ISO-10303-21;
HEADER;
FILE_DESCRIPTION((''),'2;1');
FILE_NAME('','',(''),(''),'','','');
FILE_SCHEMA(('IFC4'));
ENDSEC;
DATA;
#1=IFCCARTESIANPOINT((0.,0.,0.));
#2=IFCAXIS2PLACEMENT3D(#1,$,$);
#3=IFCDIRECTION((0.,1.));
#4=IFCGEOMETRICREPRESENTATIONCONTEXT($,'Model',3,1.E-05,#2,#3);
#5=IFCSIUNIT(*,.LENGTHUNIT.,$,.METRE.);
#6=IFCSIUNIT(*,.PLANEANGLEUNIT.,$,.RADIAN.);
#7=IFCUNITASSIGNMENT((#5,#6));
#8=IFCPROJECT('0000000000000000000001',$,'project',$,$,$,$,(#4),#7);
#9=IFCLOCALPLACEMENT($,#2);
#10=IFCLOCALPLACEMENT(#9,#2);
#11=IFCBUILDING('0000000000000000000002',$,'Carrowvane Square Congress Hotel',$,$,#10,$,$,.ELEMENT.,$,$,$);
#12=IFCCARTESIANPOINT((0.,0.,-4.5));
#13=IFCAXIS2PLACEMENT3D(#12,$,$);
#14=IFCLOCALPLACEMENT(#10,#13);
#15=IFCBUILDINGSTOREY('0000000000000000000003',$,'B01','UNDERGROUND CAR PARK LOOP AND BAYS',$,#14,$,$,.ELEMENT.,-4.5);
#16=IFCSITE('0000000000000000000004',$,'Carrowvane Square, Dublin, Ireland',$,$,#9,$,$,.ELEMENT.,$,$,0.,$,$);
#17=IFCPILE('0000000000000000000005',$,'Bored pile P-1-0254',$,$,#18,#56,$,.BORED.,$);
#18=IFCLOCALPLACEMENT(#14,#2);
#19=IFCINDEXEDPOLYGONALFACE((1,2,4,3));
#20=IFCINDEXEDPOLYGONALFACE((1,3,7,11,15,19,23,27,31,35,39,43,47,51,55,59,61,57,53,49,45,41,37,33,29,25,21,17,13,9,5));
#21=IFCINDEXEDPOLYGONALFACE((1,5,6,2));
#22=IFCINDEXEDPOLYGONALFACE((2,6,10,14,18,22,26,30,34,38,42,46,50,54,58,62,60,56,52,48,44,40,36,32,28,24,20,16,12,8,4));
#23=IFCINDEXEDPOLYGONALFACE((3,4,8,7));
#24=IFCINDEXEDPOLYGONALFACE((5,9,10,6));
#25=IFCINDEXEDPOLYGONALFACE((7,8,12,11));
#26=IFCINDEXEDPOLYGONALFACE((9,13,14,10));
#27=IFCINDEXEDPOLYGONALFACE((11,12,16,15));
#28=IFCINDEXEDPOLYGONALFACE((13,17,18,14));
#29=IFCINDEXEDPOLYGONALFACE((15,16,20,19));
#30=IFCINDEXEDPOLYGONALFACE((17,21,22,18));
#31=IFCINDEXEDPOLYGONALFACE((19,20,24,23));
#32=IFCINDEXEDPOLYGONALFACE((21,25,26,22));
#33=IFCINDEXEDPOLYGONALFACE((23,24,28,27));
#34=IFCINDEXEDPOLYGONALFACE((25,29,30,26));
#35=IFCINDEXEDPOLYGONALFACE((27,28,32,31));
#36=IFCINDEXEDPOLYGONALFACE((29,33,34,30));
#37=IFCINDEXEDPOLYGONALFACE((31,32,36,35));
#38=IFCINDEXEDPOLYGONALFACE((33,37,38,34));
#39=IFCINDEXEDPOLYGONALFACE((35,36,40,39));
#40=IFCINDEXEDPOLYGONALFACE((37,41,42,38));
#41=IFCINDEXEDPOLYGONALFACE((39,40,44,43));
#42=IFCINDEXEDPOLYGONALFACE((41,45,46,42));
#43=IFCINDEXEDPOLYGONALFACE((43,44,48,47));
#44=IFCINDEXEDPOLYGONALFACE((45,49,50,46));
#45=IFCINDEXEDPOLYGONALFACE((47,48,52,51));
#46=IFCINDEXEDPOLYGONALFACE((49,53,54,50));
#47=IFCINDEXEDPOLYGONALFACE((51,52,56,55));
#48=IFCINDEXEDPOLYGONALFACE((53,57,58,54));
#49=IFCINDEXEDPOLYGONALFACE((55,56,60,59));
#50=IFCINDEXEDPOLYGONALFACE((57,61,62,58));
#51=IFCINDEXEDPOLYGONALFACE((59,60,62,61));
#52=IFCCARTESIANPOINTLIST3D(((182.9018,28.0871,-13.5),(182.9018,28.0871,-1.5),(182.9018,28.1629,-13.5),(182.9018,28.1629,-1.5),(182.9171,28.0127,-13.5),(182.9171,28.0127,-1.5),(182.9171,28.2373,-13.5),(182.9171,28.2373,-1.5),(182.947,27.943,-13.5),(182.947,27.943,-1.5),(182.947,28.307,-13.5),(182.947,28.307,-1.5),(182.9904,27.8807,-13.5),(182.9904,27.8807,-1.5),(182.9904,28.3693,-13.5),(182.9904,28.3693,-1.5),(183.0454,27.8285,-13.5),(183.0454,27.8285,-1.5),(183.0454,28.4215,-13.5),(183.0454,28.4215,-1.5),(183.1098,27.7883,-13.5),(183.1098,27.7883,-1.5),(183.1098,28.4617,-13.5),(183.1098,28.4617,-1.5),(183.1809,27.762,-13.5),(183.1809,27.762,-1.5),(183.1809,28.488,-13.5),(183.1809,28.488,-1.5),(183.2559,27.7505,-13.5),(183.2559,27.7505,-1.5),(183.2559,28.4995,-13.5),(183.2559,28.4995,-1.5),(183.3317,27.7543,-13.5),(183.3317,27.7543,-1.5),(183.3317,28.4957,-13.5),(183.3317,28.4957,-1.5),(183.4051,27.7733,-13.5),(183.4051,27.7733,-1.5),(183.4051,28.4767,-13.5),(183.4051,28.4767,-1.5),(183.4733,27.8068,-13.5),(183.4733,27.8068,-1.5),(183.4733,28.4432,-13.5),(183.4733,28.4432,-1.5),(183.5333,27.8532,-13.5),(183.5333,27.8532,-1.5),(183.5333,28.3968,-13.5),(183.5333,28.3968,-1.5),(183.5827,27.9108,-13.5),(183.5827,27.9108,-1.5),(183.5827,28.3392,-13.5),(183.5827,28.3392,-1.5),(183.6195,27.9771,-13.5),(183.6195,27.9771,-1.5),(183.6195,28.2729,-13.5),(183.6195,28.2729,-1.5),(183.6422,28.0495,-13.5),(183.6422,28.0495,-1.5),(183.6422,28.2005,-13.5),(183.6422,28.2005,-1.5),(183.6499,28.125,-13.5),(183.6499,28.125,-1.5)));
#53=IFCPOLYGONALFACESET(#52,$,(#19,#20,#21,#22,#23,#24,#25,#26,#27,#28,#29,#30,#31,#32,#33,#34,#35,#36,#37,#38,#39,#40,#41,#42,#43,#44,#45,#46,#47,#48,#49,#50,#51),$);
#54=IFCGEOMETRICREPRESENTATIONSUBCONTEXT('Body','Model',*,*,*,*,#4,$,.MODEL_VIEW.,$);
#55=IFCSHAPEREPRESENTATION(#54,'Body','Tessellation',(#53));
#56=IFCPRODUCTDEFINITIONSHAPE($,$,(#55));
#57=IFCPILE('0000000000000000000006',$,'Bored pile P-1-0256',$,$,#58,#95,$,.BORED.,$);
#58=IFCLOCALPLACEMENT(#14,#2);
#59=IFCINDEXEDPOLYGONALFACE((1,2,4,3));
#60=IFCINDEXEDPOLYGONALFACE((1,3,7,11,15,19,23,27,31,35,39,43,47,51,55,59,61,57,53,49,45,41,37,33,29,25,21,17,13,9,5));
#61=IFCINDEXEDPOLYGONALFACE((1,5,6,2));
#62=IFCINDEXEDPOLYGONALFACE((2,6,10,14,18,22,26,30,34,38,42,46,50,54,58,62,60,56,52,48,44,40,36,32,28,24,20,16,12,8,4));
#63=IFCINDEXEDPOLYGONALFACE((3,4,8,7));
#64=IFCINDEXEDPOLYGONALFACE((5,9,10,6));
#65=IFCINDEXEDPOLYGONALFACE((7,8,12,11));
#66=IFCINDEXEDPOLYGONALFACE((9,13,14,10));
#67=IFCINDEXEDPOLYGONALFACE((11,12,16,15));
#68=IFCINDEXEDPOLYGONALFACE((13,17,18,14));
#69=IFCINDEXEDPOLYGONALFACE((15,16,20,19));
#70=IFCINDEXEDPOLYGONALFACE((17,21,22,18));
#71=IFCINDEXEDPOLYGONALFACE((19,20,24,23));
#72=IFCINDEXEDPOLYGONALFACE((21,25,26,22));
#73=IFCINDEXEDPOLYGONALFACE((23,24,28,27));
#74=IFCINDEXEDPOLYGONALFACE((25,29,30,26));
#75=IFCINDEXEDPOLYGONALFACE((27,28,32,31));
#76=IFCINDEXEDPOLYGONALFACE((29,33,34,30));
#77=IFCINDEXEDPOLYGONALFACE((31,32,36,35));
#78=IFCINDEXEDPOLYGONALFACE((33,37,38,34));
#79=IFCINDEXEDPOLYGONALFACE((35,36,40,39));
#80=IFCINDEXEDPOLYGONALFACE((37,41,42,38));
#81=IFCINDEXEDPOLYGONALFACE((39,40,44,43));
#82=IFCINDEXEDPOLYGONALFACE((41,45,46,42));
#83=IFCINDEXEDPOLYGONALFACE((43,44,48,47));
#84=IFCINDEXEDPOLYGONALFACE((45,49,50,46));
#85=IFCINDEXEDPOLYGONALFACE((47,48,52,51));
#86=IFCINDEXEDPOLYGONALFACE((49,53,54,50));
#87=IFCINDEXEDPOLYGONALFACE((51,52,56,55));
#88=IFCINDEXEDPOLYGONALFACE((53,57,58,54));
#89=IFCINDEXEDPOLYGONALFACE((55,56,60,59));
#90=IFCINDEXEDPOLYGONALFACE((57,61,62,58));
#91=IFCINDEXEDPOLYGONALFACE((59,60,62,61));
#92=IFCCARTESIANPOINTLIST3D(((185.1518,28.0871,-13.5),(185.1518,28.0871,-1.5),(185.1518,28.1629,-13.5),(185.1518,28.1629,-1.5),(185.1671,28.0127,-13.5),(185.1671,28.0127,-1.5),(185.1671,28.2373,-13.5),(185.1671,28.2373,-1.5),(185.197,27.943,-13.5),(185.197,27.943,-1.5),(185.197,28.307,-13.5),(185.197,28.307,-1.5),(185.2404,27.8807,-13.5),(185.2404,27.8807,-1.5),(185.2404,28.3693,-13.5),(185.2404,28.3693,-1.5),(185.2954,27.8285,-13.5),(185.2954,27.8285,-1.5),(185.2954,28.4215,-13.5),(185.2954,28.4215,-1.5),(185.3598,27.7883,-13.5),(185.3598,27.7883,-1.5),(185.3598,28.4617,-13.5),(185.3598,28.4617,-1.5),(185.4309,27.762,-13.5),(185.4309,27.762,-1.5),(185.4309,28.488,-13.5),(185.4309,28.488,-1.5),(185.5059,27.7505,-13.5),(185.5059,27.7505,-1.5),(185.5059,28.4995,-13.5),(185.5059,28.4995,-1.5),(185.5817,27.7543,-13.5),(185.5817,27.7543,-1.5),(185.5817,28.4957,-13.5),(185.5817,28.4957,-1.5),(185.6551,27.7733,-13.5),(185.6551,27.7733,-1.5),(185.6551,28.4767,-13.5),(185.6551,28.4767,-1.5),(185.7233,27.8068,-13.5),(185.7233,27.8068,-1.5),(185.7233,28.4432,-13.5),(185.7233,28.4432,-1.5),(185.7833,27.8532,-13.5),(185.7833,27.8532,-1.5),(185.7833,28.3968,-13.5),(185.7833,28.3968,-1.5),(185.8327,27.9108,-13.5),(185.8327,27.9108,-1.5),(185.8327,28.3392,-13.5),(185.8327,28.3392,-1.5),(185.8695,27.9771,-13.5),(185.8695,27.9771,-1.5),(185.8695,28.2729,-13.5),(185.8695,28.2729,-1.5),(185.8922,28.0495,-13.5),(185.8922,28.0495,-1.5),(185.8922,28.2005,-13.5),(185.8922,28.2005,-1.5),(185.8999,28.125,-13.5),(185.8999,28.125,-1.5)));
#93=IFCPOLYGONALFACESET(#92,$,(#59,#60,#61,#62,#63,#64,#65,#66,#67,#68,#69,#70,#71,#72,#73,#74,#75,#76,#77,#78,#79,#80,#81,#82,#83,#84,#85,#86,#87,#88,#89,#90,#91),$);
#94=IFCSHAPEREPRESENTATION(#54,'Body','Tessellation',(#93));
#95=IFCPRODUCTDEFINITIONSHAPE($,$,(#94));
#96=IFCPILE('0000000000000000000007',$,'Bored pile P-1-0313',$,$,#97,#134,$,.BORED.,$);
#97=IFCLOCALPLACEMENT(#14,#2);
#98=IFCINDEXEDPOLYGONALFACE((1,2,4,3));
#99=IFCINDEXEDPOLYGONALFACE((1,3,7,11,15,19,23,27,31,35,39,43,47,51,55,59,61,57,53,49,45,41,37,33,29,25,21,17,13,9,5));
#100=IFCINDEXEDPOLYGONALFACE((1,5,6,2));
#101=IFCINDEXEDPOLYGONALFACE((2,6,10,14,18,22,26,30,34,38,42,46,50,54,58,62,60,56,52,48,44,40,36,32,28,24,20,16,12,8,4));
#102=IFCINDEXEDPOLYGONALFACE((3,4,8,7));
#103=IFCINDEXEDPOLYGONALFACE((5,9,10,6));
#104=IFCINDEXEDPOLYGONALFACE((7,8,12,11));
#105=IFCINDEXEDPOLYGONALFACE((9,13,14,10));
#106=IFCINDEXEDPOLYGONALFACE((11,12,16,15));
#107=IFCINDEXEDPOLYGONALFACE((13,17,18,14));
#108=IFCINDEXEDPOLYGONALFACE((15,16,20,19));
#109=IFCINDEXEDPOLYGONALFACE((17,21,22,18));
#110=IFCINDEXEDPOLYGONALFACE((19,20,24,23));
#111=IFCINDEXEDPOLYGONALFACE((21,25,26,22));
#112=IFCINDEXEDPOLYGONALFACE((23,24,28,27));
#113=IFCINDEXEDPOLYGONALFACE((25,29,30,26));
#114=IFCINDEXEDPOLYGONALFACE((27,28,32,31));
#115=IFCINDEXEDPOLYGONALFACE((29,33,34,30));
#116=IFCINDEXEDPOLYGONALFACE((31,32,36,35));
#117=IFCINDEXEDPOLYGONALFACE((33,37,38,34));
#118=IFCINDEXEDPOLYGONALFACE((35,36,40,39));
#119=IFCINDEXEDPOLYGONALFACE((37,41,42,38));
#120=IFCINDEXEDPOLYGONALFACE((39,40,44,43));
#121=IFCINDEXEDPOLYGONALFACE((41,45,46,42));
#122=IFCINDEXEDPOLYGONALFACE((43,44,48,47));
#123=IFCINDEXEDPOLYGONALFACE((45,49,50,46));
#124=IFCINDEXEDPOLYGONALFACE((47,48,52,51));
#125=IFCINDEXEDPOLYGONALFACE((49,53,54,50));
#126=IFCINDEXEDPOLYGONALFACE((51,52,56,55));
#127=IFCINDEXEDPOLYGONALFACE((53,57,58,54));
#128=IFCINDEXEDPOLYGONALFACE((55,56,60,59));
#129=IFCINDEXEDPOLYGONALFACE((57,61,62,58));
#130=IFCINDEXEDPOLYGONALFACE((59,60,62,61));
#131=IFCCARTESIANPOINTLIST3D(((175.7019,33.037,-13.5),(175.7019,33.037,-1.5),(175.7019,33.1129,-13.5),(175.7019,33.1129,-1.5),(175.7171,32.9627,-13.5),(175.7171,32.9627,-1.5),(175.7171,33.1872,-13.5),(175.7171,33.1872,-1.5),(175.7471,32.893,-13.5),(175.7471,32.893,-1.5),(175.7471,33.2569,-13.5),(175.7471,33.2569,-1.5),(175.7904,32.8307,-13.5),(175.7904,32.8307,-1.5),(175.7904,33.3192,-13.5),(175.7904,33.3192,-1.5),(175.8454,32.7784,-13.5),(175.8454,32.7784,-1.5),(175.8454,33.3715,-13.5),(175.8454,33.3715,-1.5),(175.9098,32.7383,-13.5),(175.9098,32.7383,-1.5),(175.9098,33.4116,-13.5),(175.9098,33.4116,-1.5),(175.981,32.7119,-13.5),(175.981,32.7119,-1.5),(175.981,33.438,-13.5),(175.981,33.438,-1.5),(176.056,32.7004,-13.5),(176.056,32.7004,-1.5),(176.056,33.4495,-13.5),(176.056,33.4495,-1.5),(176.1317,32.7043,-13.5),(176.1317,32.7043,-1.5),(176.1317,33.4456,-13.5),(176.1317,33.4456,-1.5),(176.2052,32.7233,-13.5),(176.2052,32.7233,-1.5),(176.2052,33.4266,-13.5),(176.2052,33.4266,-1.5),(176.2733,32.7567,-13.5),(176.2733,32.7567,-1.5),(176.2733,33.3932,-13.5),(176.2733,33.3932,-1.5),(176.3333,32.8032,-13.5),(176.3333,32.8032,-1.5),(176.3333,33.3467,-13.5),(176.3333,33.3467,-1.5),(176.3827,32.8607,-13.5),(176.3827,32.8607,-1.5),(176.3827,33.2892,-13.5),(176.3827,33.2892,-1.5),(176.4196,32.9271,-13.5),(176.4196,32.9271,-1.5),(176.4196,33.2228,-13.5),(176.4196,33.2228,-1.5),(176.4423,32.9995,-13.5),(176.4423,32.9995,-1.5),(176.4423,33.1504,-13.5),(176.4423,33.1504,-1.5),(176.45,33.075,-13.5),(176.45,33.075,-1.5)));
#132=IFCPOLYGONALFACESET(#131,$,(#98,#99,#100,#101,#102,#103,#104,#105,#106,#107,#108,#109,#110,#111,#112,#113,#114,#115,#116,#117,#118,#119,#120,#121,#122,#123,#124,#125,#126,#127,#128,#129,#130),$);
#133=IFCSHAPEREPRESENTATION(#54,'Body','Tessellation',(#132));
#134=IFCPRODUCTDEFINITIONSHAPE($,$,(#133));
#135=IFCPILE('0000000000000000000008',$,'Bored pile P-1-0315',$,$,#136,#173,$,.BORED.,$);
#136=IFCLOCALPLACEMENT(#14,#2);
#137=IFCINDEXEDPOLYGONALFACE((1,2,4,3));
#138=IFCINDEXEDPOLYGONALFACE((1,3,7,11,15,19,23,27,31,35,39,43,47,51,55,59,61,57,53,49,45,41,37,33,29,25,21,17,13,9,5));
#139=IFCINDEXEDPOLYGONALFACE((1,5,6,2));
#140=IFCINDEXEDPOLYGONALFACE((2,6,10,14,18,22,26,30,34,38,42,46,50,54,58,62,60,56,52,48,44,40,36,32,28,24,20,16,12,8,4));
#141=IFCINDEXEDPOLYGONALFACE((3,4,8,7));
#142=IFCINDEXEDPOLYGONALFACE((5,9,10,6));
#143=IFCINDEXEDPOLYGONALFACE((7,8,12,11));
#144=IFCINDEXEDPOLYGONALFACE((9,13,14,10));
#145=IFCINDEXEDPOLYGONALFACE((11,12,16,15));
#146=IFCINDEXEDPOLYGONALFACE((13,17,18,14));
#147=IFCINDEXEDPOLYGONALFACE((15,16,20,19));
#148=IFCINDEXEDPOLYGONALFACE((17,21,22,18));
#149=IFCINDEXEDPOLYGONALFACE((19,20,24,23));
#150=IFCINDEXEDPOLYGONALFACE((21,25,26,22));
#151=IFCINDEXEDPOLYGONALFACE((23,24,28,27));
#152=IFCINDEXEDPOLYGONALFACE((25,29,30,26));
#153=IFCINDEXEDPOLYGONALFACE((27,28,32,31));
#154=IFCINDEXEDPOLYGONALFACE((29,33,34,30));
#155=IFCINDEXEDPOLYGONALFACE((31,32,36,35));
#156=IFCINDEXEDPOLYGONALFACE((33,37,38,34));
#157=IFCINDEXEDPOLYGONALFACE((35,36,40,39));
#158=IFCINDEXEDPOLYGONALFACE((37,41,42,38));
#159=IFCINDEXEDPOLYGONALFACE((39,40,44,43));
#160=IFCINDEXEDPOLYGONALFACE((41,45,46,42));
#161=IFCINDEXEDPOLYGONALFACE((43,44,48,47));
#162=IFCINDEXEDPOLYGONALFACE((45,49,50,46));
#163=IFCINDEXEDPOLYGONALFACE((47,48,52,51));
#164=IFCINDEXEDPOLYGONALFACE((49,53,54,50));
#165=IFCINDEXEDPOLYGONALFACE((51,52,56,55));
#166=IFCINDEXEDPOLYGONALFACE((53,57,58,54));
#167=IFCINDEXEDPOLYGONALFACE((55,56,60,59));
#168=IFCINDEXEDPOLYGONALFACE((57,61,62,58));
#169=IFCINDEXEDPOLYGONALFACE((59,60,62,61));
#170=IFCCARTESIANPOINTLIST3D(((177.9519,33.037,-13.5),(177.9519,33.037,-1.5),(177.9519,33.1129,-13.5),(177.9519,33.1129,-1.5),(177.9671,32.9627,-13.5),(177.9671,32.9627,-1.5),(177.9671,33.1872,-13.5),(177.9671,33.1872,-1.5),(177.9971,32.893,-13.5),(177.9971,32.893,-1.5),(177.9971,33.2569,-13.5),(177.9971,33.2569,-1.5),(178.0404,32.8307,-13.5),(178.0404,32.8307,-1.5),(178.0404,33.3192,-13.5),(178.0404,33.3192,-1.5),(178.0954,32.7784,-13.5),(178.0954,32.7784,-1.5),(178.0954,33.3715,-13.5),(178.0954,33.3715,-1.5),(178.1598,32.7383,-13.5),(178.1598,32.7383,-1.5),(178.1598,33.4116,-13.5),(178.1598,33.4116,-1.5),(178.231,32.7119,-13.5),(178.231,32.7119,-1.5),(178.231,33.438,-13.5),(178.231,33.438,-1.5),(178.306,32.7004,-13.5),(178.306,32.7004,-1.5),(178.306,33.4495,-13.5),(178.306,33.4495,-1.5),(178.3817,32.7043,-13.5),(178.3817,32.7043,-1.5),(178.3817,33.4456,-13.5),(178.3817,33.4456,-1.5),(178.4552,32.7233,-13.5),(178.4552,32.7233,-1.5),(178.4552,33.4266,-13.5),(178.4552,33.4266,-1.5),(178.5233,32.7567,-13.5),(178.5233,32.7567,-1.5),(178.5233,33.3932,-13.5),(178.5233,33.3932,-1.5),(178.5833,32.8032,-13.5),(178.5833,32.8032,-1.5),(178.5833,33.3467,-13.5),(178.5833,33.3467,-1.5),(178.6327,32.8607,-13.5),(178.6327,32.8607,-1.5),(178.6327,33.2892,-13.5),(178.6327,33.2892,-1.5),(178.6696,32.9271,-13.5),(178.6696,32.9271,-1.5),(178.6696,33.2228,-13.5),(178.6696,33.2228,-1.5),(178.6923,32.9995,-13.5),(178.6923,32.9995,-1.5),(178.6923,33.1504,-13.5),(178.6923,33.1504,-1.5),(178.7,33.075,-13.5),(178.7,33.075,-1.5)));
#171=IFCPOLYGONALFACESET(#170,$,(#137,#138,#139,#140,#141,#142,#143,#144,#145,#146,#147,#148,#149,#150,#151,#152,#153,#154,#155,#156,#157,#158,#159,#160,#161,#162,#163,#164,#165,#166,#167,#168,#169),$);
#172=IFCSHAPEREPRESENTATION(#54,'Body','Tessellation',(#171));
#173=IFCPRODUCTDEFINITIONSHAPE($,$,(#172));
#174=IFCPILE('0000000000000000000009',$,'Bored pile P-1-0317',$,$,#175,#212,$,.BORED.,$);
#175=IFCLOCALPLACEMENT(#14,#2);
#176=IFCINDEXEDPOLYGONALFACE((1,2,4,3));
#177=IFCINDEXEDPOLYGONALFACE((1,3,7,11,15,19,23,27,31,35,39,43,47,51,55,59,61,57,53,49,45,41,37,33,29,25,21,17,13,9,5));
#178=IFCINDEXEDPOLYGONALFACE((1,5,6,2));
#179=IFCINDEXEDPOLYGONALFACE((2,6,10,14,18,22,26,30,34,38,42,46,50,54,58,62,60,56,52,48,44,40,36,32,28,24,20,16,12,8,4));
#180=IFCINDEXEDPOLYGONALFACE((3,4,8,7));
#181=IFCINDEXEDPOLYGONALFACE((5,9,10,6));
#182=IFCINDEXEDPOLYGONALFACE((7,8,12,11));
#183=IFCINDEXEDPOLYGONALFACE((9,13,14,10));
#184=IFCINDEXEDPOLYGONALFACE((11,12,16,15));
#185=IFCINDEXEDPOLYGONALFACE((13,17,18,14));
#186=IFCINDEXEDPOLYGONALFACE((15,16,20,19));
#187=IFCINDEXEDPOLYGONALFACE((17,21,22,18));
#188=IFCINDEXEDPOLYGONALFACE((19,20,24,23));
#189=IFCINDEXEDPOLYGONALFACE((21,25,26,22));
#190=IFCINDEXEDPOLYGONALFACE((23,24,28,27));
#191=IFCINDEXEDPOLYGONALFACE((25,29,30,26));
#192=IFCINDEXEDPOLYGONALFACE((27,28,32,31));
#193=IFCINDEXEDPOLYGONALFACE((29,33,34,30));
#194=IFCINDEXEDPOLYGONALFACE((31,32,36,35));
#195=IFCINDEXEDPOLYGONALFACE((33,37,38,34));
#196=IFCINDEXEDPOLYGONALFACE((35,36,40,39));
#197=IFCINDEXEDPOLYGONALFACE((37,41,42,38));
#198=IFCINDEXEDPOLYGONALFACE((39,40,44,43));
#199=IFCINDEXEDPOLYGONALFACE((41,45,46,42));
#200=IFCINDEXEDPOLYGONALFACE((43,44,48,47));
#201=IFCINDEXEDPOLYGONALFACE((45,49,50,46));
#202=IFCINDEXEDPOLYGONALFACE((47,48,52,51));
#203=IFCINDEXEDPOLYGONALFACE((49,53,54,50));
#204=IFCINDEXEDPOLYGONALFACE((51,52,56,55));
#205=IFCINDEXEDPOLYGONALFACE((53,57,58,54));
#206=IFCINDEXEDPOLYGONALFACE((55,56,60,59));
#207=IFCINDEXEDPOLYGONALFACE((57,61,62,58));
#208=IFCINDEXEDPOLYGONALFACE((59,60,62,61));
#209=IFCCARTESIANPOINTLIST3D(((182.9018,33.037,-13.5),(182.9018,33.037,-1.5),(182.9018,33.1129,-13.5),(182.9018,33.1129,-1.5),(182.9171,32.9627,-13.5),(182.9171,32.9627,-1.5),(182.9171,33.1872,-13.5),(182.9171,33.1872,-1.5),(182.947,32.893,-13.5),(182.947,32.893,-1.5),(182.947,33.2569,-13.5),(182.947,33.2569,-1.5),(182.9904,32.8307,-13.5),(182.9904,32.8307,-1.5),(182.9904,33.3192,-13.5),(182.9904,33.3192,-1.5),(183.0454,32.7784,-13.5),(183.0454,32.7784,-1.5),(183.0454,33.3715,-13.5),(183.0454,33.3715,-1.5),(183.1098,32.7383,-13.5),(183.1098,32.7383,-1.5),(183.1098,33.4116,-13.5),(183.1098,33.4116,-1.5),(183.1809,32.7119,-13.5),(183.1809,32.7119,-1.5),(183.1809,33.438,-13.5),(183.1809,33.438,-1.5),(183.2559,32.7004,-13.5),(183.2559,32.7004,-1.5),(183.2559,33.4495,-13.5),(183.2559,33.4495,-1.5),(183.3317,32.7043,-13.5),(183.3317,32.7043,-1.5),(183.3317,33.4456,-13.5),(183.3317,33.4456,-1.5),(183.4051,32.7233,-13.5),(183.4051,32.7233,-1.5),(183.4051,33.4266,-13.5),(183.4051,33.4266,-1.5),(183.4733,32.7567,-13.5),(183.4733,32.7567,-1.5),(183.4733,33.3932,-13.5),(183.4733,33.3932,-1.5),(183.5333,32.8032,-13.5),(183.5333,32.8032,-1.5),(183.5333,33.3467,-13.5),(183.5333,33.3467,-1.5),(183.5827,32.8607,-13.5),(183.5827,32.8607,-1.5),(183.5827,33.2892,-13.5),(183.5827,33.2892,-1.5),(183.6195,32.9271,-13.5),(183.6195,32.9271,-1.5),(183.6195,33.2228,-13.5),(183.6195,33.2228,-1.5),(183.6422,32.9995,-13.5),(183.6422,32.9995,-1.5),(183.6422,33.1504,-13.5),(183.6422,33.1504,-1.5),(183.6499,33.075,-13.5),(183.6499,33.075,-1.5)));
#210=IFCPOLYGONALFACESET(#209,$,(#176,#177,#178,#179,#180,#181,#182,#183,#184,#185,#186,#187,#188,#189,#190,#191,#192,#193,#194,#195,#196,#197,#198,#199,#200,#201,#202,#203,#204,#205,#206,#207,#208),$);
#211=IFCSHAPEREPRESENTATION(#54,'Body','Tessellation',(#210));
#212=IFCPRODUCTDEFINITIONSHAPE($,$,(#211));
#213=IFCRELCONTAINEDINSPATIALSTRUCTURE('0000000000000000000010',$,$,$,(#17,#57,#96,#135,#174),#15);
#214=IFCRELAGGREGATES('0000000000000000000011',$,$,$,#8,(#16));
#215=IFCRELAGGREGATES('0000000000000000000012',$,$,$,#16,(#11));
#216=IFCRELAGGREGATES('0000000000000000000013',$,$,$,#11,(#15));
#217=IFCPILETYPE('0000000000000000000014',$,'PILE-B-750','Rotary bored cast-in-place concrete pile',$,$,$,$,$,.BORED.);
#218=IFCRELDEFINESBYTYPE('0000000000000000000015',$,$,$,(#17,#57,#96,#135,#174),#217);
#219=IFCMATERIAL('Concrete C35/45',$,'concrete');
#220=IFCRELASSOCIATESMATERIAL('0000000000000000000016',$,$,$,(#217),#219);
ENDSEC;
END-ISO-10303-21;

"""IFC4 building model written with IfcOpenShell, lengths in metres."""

from ifc_helpers import new_model, si_unit, direction, frame, origin, origin_2d, place, context, subcontext, project, spatial, circle, extrude, material, material_profile, profile_set, type_object, element, save


model = new_model("IFC4")

# Units and contexts
model_context = context("Model", 3, precision=1e-05, world=origin(), true_north=direction((0.0, 1.0)))
body_context = subcontext(model_context, "Body", "Model", "MODEL_VIEW")
ifc_project = project(units=[si_unit("LENGTHUNIT", "METRE"), si_unit("PLANEANGLEUNIT", "RADIAN")], contexts=[model_context])

# Site, building, storey
site_placement = place(None, origin())
site = spatial("IfcSite", under=ifc_project, at=site_placement, Name="Carrowvane Square, Dublin, Ireland", CompositionType="ELEMENT", RefElevation=0.0)
building_placement = place(site_placement, origin())
building = spatial("IfcBuilding", under=site, at=building_placement, Name="Carrowvane Square Congress Hotel", CompositionType="ELEMENT")
storey_placement = place(building_placement, frame((0.0, 0.0, -4.5)))
storey = spatial("IfcBuildingStorey", under=building, at=storey_placement, Name="B01", Description="UNDERGROUND CAR PARK LOOP AND BAYS", CompositionType="ELEMENT", Elevation=-4.5)

# Piles
ifc_material_1 = material(Name="Concrete C35/45", Category="concrete")
ifc_material_profile_1 = material_profile(ifc_material_1, circle(Radius=0.375, at=origin_2d()), Name="PILE D750")
ifc_profile_set_1 = profile_set([ifc_material_profile_1], Name="Concrete C35/45")
pile_type = type_object("IfcPileType", Name="PILE-B-750", Description="Rotary bored cast-in-place concrete pile", PredefinedType="BORED", material=ifc_profile_set_1)
for number, where, z_axis, x_axis, name in (
    (1, (183.2749, 28.125, -1.5), (0.0, 0.0, -1.0), (1.0, 0.0, 0.0), "Bored pile P-1-0254"),
    (2, (185.5249, 28.125, -1.5), (0.0, 0.0, -1.0), (1.0, 0.0, 0.0), "Bored pile P-1-0256"),
    (3, (176.075, 33.075, -1.5), (0.0, 0.0, -1.0), (1.0, 0.0, 0.0), "Bored pile P-1-0313"),
    (4, (178.325, 33.075, -1.5), (0.0, 0.0, -1.0), (1.0, 0.0, 0.0), "Bored pile P-1-0315"),
    (5, (183.2749, 33.075, -1.5), (0.0, 0.0, -1.0), (1.0, 0.0, 0.0), "Bored pile P-1-0317"),
):
    element("IfcPile", number, at=place(storey_placement, frame(where, z_axis=z_axis, x_axis=x_axis)), inside=storey, type_object=pile_type, Name=name, PredefinedType="BORED", context=body_context, shape_type="SweptSolid", body=[
        extrude(circle(Radius=0.375, at=origin_2d()), origin(), (0.0, 0.0, 1.0), 12.0),
    ])

save(model, "model.ifc")
